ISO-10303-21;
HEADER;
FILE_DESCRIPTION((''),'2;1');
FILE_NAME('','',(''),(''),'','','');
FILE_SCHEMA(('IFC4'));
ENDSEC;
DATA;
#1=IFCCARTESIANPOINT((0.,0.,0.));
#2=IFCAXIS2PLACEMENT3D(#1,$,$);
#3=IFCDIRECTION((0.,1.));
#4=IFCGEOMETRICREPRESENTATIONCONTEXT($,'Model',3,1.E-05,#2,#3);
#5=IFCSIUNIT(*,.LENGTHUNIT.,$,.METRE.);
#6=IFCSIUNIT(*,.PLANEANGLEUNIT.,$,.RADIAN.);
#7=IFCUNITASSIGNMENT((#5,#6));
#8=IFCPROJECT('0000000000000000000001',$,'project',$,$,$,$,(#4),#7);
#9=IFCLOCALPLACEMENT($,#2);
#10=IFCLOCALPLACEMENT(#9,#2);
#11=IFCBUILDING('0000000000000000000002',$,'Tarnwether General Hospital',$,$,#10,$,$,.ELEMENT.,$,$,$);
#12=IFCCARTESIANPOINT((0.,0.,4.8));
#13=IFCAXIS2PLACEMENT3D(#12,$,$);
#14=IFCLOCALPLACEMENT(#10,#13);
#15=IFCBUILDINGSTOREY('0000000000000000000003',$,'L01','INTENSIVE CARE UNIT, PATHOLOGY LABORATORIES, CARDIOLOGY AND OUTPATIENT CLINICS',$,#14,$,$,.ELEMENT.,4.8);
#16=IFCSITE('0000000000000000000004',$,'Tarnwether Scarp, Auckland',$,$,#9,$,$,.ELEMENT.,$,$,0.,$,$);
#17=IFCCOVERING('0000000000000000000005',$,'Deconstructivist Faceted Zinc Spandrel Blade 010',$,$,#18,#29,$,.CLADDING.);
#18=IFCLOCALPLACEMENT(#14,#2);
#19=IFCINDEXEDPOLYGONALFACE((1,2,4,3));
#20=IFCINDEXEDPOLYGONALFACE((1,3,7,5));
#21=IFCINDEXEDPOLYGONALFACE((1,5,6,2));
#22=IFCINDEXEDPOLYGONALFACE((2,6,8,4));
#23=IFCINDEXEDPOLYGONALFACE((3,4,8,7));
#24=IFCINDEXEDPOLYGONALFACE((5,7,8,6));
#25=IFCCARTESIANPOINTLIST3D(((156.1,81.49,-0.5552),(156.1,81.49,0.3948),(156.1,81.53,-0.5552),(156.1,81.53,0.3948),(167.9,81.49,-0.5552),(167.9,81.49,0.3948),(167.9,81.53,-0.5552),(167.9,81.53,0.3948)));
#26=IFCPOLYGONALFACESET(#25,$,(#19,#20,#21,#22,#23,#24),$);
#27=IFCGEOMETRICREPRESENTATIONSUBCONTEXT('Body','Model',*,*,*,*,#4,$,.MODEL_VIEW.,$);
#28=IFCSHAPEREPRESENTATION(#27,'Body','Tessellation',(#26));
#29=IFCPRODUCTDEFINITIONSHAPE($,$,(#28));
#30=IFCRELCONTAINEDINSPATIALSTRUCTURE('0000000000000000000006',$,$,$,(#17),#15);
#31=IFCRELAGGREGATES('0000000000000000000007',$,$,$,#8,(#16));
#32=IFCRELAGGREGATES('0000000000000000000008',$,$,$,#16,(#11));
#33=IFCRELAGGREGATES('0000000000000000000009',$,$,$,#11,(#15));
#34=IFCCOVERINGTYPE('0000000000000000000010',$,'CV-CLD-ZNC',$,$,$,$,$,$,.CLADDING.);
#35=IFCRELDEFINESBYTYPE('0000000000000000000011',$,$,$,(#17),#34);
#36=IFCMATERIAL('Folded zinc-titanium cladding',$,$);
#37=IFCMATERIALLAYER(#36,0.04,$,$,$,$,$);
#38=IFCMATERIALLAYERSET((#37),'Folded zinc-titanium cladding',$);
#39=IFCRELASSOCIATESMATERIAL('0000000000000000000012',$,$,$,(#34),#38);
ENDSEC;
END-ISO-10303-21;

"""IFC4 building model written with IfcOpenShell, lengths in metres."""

from ifc_helpers import new_model, si_unit, direction, frame, origin, origin_2d, place, context, subcontext, project, spatial, rectangle, extrude, material, layer, layer_set, type_object, element, save


model = new_model("IFC4")

# Units and contexts
model_context = context("Model", 3, precision=1e-05, world=origin(), true_north=direction((0.0, 1.0)))
body_context = subcontext(model_context, "Body", "Model", "MODEL_VIEW")
ifc_project = project(units=[si_unit("LENGTHUNIT", "METRE"), si_unit("PLANEANGLEUNIT", "RADIAN")], contexts=[model_context])

# Site, building, storey
site_placement = place(None, origin())
site = spatial("IfcSite", under=ifc_project, at=site_placement, Name="Tarnwether Scarp, Auckland", CompositionType="ELEMENT", RefElevation=0.0)
building_placement = place(site_placement, origin())
building = spatial("IfcBuilding", under=site, at=building_placement, Name="Tarnwether General Hospital", CompositionType="ELEMENT")
storey_placement = place(building_placement, frame((0.0, 0.0, 4.8)))
storey = spatial("IfcBuildingStorey", under=building, at=storey_placement, Name="L01", Description="INTENSIVE CARE UNIT, PATHOLOGY LABORATORIES, CARDIOLOGY AND OUTPATIENT CLINICS", CompositionType="ELEMENT", Elevation=4.8)

# Covering
ifc_material_1 = material(Name="Folded zinc-titanium cladding")
ifc_layer_1 = layer(ifc_material_1, 0.04)
ifc_layer_set_1 = layer_set([ifc_layer_1], Name="Folded zinc-titanium cladding")
covering_type = type_object("IfcCoveringType", Name="CV-CLD-ZNC", PredefinedType="CLADDING", material=ifc_layer_set_1)
covering_placement = place(storey_placement, frame((162.0, 81.51, -0.5552), z_axis=(0.0, 0.0, 1.0), x_axis=(1.0, 0.0, 0.0)))
element("IfcCovering", 1, at=covering_placement, inside=storey, type_object=covering_type, Name="Deconstructivist Faceted Zinc Spandrel Blade 010", PredefinedType="CLADDING", context=body_context, shape_type="SweptSolid", body=[
    extrude(rectangle(XDim=11.8, YDim=0.04, at=origin_2d()), origin(), (0.0, 0.0, 1.0), 0.95),
])

save(model, "model.ifc")
